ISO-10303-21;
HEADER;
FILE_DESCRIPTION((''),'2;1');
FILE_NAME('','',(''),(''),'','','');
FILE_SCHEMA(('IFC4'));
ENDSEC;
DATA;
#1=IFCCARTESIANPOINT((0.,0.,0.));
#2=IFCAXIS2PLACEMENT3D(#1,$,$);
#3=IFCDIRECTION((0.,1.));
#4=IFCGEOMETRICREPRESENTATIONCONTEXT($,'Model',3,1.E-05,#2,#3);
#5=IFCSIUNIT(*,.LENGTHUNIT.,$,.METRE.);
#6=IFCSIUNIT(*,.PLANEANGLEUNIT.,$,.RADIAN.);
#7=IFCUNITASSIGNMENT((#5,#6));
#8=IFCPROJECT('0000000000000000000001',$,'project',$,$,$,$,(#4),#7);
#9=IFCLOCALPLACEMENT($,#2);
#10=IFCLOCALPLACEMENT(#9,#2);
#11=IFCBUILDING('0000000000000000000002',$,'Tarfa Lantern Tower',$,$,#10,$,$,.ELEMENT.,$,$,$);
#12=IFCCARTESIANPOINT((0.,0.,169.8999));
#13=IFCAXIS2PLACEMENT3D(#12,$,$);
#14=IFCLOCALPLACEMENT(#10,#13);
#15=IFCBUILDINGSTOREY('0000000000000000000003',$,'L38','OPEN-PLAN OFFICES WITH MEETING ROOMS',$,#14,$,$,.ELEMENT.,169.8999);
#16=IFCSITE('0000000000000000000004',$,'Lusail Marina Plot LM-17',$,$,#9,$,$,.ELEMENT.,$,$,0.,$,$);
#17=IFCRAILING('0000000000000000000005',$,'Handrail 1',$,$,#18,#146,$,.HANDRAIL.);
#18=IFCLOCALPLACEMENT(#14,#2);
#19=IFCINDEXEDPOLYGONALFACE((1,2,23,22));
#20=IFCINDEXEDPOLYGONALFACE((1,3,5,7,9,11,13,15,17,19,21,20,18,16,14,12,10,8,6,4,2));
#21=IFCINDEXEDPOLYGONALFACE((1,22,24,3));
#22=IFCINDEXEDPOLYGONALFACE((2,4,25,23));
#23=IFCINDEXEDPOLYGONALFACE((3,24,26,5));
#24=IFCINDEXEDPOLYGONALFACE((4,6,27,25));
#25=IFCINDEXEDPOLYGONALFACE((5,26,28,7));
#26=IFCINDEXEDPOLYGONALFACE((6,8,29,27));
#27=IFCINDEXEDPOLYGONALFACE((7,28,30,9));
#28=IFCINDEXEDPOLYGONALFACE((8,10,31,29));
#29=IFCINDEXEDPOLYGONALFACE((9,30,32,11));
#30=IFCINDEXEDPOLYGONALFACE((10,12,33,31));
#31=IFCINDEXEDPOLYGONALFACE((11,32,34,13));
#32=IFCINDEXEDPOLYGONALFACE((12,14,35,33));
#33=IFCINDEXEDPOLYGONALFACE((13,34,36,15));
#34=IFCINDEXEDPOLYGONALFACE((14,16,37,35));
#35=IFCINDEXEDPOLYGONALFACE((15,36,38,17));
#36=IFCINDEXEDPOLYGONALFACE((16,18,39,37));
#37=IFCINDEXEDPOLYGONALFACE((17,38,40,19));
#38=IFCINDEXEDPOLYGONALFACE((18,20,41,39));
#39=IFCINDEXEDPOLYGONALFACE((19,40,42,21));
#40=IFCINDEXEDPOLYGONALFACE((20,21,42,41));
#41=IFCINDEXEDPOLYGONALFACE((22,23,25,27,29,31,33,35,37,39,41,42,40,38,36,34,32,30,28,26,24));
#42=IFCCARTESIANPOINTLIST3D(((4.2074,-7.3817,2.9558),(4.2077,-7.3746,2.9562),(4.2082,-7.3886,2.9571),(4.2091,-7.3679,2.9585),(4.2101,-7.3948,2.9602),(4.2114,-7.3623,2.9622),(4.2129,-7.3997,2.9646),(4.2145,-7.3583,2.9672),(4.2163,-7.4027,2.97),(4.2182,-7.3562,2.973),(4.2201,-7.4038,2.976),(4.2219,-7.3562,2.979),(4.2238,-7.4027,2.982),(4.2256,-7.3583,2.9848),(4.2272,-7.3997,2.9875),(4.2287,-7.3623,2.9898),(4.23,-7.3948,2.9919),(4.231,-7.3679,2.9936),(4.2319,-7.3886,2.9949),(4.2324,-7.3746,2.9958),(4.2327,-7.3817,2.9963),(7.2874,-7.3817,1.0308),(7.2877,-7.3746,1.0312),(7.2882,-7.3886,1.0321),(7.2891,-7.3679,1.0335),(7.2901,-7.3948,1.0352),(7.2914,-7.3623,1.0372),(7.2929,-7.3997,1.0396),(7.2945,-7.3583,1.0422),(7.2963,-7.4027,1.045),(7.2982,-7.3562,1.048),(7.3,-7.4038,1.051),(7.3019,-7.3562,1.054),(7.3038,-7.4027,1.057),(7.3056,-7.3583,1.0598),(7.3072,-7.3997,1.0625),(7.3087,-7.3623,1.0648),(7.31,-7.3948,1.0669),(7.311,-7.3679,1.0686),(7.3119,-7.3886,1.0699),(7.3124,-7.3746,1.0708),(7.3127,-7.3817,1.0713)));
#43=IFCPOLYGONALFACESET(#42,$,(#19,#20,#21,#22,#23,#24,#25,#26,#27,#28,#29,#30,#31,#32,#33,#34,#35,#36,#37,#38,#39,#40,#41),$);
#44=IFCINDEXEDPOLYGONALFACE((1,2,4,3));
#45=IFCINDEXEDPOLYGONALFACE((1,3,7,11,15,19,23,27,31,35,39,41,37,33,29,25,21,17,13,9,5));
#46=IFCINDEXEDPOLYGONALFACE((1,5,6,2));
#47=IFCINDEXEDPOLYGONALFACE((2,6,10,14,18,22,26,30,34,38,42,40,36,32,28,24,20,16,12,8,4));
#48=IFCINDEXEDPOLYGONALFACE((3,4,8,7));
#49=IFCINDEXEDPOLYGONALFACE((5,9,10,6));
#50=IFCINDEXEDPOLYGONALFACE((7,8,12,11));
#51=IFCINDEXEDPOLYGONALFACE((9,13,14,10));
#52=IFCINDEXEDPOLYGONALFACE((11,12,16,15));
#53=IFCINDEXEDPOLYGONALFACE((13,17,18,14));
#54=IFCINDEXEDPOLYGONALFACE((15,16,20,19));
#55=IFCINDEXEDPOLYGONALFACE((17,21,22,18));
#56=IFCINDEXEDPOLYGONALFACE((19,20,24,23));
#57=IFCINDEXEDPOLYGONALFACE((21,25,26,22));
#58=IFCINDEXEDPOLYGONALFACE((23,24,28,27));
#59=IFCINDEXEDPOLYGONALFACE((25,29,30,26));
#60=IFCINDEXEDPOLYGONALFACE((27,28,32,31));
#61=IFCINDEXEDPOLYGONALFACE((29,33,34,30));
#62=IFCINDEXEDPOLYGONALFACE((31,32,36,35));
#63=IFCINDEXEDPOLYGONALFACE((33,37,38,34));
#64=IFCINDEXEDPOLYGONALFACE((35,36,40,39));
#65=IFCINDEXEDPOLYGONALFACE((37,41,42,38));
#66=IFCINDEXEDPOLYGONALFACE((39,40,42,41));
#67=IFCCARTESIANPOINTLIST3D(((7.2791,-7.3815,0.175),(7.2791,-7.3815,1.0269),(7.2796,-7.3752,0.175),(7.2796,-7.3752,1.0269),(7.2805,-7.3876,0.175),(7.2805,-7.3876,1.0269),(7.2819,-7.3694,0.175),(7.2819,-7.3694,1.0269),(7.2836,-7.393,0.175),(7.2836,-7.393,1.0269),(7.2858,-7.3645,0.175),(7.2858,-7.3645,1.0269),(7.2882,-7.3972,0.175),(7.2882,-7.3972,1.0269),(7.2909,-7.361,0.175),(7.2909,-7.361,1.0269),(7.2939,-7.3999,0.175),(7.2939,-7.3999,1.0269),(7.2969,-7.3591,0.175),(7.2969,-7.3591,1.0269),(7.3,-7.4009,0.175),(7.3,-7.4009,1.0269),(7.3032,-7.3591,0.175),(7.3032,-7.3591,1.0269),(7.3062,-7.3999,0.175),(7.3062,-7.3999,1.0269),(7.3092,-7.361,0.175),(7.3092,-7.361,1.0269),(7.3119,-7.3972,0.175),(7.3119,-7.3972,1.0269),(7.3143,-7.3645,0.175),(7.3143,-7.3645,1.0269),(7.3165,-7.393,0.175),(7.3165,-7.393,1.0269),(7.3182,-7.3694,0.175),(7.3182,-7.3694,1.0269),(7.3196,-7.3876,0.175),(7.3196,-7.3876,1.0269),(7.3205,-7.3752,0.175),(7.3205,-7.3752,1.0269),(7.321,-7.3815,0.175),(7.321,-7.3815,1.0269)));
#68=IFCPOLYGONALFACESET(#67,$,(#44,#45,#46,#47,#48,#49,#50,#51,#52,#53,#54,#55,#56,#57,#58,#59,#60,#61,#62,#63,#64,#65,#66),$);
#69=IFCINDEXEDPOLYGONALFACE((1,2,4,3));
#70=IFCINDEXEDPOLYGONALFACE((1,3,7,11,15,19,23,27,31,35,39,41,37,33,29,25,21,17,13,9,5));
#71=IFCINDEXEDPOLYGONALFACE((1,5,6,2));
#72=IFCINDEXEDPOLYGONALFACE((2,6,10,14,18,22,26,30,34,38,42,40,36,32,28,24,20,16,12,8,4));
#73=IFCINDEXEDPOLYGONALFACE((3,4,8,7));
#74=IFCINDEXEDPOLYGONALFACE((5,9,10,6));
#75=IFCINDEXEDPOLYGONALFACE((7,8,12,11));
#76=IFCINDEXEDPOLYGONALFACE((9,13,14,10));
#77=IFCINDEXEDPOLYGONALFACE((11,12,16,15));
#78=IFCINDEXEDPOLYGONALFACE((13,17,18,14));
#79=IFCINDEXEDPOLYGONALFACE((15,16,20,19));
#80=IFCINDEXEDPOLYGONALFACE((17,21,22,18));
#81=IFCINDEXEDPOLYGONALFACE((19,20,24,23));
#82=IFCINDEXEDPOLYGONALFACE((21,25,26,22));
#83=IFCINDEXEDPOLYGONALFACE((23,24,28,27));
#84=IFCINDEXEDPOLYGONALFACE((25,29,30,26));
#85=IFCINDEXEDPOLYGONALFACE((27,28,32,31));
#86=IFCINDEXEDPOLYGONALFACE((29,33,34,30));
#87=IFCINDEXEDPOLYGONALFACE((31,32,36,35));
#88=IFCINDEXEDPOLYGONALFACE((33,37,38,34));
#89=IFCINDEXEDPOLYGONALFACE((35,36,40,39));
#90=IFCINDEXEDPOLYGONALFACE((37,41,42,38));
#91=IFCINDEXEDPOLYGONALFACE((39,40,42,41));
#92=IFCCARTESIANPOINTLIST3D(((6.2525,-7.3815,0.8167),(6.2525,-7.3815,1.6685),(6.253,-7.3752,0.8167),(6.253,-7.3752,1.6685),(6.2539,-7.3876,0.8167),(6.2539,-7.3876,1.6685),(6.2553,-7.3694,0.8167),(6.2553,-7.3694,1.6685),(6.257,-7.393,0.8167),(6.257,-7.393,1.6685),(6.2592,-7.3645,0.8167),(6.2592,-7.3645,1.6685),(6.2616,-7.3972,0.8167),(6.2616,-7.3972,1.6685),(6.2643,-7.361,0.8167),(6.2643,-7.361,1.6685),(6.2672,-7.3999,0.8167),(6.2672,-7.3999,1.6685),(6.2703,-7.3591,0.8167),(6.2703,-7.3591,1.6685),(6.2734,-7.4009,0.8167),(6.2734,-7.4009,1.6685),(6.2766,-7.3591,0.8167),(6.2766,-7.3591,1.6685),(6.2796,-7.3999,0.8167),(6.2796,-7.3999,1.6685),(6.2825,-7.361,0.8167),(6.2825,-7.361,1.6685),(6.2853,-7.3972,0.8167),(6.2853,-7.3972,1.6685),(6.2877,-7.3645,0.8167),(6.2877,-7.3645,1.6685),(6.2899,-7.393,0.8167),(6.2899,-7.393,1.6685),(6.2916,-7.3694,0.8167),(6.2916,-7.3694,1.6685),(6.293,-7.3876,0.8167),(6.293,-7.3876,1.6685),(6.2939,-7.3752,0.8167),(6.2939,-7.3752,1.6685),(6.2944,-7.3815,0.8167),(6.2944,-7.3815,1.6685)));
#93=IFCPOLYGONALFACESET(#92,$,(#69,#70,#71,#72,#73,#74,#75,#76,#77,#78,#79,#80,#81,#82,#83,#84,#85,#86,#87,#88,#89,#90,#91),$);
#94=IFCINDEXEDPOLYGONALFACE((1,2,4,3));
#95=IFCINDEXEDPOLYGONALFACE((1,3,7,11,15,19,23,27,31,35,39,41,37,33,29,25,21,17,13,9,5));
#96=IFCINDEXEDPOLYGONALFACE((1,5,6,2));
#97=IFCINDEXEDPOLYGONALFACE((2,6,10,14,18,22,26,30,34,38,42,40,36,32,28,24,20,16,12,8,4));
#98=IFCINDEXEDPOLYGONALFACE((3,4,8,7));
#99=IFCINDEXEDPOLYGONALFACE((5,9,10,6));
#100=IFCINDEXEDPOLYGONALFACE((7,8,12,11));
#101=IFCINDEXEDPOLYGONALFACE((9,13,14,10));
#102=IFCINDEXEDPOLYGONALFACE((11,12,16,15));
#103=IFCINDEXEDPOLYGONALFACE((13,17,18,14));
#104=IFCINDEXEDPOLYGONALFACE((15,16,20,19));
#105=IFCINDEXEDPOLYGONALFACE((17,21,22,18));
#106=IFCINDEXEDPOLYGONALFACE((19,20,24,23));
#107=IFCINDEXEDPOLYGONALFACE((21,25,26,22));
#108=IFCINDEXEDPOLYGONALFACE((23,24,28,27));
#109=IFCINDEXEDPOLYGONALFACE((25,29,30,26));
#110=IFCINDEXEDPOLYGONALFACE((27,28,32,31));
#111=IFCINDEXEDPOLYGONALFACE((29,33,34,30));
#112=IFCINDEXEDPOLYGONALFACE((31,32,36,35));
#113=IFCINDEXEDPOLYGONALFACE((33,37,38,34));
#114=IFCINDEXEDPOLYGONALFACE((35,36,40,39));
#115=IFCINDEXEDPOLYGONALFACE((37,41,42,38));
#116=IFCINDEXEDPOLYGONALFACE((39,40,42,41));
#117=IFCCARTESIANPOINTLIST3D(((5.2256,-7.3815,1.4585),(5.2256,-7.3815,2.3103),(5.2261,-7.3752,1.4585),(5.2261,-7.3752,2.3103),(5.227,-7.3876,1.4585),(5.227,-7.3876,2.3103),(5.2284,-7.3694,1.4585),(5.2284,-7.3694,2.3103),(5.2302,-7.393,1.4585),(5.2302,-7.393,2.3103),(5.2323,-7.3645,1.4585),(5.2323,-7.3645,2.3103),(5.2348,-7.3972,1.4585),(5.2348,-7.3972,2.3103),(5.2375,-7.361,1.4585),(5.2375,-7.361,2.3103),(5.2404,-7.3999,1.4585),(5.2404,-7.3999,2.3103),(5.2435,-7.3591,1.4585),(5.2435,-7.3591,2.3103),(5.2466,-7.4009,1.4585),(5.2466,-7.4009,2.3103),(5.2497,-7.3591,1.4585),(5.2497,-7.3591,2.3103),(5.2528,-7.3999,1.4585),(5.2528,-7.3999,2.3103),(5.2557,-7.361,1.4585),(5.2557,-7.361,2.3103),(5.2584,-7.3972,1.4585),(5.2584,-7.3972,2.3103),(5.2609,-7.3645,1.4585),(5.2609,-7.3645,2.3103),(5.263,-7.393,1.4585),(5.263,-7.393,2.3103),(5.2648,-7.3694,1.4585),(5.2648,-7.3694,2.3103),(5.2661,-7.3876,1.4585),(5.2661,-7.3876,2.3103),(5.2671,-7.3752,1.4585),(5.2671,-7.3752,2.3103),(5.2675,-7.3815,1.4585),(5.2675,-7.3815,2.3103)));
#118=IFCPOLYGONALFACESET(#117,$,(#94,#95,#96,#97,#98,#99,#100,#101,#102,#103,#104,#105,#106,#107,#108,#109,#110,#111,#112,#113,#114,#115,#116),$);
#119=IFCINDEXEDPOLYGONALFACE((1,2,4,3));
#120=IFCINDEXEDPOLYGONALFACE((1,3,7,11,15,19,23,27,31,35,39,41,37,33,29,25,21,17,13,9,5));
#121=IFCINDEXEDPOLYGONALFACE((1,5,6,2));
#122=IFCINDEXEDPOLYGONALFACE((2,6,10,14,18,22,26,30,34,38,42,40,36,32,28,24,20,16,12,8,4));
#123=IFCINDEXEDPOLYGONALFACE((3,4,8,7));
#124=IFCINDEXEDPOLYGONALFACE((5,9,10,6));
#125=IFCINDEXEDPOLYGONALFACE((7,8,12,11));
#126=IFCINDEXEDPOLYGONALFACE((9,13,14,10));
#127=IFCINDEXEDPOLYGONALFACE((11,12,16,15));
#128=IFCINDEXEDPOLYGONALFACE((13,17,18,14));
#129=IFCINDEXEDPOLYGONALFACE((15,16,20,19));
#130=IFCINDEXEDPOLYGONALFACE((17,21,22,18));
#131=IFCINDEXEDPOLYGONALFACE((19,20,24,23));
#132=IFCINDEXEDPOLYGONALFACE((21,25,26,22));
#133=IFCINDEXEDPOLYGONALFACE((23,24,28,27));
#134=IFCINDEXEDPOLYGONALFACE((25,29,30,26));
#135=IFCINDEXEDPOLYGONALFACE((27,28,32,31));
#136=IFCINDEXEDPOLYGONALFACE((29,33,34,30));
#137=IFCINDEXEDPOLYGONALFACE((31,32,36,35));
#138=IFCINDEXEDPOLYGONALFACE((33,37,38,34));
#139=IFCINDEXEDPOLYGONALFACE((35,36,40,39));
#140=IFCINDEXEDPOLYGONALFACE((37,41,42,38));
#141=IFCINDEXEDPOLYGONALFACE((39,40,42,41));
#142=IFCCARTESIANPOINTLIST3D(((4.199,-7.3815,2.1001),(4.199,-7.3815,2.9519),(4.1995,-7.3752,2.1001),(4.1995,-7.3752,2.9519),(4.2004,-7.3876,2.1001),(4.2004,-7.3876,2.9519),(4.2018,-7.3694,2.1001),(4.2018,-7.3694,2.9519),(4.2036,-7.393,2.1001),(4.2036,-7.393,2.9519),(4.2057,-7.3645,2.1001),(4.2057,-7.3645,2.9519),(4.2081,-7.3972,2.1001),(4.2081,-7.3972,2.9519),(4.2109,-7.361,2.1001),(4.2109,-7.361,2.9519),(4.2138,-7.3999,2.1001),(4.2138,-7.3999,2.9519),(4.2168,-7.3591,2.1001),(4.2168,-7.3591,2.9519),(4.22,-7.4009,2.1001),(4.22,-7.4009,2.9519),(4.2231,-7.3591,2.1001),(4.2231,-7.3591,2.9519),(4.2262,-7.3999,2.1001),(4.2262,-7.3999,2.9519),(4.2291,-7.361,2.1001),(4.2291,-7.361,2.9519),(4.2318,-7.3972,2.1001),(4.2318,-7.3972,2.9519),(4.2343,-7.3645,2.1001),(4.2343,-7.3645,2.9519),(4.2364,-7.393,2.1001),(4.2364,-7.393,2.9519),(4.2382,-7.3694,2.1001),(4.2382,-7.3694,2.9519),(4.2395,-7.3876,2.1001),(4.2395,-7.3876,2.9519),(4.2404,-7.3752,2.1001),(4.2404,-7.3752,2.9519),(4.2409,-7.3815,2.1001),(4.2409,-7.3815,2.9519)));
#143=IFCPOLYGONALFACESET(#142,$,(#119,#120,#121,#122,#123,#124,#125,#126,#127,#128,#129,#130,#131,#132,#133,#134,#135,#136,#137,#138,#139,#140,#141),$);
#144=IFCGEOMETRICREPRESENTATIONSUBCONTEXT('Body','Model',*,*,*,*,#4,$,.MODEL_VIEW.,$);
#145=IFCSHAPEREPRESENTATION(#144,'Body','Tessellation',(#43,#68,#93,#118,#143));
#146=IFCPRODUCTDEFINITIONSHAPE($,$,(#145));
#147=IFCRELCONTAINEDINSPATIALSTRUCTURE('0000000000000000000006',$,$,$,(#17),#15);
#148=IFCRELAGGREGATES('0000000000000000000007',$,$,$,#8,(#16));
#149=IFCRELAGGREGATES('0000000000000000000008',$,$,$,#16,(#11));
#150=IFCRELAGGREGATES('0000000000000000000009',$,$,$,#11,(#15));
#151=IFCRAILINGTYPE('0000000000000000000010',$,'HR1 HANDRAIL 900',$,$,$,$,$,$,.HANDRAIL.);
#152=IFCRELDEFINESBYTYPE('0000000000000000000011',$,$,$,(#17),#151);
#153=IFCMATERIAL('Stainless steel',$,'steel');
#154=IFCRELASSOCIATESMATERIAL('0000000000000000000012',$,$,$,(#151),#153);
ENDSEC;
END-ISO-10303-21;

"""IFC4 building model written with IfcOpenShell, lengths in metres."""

from ifc_helpers import new_model, si_unit, direction, frame, origin, origin_2d, place, context, subcontext, project, spatial, circle, extrude, material, type_object, element, save


model = new_model("IFC4")

# Units and contexts
model_context = context("Model", 3, precision=1e-05, world=origin(), true_north=direction((0.0, 1.0)))
body_context = subcontext(model_context, "Body", "Model", "MODEL_VIEW")
ifc_project = project(units=[si_unit("LENGTHUNIT", "METRE"), si_unit("PLANEANGLEUNIT", "RADIAN")], contexts=[model_context])

# Site, building, storey
site_placement = place(None, origin())
site = spatial("IfcSite", under=ifc_project, at=site_placement, Name="Lusail Marina Plot LM-17", CompositionType="ELEMENT", RefElevation=0.0)
building_placement = place(site_placement, origin())
building = spatial("IfcBuilding", under=site, at=building_placement, Name="Tarfa Lantern Tower", CompositionType="ELEMENT")
storey_placement = place(building_placement, frame((0.0, 0.0, 169.8999)))
storey = spatial("IfcBuildingStorey", under=building, at=storey_placement, Name="L38", Description="OPEN-PLAN OFFICES WITH MEETING ROOMS", CompositionType="ELEMENT", Elevation=169.8999)

# Railing
ifc_material_1 = material(Name="Stainless steel", Category="steel")
railing_type = type_object("IfcRailingType", Name="HR1 HANDRAIL 900", PredefinedType="HANDRAIL", material=ifc_material_1)
railing_1_placement = place(storey_placement, frame((7.3, -7.3799, 0.175)))
element("IfcRailing", 1, at=railing_1_placement, inside=storey, type_object=railing_type, Name="Handrail 1", PredefinedType="HANDRAIL", context=body_context, shape_type="SweptSolid", body=[
    extrude(circle(Radius=0.0239, at=origin_2d()), frame((0.0, 0.0, 0.876), z_axis=(-0.847998, 0.0, 0.529999), x_axis=(0.0, -1.0, 0.0)), (0.0, 0.0, 1.0), 3.6321),
    extrude(circle(Radius=0.021, at=origin_2d()), frame((0.0, 0.0, 0.0), z_axis=(0.0, 0.0, 1.0), x_axis=(0.0, -1.0, 0.0)), (0.0, 0.0, 1.0), 0.8518),
    extrude(circle(Radius=0.021, at=origin_2d()), frame((-1.0266, 0.0, 0.6416), z_axis=(0.0, 0.0, 1.0), x_axis=(0.0, -1.0, 0.0)), (0.0, 0.0, 1.0), 0.8518),
    extrude(circle(Radius=0.021, at=origin_2d()), frame((-2.0535, 0.0, 1.2834), z_axis=(0.0, 0.0, 1.0), x_axis=(0.0, -1.0, 0.0)), (0.0, 0.0, 1.0), 0.8518),
    extrude(circle(Radius=0.021, at=origin_2d()), frame((-3.0801, 0.0, 1.925), z_axis=(0.0, 0.0, 1.0), x_axis=(0.0, -1.0, 0.0)), (0.0, 0.0, 1.0), 0.8518),
])

save(model, "model.ifc")
